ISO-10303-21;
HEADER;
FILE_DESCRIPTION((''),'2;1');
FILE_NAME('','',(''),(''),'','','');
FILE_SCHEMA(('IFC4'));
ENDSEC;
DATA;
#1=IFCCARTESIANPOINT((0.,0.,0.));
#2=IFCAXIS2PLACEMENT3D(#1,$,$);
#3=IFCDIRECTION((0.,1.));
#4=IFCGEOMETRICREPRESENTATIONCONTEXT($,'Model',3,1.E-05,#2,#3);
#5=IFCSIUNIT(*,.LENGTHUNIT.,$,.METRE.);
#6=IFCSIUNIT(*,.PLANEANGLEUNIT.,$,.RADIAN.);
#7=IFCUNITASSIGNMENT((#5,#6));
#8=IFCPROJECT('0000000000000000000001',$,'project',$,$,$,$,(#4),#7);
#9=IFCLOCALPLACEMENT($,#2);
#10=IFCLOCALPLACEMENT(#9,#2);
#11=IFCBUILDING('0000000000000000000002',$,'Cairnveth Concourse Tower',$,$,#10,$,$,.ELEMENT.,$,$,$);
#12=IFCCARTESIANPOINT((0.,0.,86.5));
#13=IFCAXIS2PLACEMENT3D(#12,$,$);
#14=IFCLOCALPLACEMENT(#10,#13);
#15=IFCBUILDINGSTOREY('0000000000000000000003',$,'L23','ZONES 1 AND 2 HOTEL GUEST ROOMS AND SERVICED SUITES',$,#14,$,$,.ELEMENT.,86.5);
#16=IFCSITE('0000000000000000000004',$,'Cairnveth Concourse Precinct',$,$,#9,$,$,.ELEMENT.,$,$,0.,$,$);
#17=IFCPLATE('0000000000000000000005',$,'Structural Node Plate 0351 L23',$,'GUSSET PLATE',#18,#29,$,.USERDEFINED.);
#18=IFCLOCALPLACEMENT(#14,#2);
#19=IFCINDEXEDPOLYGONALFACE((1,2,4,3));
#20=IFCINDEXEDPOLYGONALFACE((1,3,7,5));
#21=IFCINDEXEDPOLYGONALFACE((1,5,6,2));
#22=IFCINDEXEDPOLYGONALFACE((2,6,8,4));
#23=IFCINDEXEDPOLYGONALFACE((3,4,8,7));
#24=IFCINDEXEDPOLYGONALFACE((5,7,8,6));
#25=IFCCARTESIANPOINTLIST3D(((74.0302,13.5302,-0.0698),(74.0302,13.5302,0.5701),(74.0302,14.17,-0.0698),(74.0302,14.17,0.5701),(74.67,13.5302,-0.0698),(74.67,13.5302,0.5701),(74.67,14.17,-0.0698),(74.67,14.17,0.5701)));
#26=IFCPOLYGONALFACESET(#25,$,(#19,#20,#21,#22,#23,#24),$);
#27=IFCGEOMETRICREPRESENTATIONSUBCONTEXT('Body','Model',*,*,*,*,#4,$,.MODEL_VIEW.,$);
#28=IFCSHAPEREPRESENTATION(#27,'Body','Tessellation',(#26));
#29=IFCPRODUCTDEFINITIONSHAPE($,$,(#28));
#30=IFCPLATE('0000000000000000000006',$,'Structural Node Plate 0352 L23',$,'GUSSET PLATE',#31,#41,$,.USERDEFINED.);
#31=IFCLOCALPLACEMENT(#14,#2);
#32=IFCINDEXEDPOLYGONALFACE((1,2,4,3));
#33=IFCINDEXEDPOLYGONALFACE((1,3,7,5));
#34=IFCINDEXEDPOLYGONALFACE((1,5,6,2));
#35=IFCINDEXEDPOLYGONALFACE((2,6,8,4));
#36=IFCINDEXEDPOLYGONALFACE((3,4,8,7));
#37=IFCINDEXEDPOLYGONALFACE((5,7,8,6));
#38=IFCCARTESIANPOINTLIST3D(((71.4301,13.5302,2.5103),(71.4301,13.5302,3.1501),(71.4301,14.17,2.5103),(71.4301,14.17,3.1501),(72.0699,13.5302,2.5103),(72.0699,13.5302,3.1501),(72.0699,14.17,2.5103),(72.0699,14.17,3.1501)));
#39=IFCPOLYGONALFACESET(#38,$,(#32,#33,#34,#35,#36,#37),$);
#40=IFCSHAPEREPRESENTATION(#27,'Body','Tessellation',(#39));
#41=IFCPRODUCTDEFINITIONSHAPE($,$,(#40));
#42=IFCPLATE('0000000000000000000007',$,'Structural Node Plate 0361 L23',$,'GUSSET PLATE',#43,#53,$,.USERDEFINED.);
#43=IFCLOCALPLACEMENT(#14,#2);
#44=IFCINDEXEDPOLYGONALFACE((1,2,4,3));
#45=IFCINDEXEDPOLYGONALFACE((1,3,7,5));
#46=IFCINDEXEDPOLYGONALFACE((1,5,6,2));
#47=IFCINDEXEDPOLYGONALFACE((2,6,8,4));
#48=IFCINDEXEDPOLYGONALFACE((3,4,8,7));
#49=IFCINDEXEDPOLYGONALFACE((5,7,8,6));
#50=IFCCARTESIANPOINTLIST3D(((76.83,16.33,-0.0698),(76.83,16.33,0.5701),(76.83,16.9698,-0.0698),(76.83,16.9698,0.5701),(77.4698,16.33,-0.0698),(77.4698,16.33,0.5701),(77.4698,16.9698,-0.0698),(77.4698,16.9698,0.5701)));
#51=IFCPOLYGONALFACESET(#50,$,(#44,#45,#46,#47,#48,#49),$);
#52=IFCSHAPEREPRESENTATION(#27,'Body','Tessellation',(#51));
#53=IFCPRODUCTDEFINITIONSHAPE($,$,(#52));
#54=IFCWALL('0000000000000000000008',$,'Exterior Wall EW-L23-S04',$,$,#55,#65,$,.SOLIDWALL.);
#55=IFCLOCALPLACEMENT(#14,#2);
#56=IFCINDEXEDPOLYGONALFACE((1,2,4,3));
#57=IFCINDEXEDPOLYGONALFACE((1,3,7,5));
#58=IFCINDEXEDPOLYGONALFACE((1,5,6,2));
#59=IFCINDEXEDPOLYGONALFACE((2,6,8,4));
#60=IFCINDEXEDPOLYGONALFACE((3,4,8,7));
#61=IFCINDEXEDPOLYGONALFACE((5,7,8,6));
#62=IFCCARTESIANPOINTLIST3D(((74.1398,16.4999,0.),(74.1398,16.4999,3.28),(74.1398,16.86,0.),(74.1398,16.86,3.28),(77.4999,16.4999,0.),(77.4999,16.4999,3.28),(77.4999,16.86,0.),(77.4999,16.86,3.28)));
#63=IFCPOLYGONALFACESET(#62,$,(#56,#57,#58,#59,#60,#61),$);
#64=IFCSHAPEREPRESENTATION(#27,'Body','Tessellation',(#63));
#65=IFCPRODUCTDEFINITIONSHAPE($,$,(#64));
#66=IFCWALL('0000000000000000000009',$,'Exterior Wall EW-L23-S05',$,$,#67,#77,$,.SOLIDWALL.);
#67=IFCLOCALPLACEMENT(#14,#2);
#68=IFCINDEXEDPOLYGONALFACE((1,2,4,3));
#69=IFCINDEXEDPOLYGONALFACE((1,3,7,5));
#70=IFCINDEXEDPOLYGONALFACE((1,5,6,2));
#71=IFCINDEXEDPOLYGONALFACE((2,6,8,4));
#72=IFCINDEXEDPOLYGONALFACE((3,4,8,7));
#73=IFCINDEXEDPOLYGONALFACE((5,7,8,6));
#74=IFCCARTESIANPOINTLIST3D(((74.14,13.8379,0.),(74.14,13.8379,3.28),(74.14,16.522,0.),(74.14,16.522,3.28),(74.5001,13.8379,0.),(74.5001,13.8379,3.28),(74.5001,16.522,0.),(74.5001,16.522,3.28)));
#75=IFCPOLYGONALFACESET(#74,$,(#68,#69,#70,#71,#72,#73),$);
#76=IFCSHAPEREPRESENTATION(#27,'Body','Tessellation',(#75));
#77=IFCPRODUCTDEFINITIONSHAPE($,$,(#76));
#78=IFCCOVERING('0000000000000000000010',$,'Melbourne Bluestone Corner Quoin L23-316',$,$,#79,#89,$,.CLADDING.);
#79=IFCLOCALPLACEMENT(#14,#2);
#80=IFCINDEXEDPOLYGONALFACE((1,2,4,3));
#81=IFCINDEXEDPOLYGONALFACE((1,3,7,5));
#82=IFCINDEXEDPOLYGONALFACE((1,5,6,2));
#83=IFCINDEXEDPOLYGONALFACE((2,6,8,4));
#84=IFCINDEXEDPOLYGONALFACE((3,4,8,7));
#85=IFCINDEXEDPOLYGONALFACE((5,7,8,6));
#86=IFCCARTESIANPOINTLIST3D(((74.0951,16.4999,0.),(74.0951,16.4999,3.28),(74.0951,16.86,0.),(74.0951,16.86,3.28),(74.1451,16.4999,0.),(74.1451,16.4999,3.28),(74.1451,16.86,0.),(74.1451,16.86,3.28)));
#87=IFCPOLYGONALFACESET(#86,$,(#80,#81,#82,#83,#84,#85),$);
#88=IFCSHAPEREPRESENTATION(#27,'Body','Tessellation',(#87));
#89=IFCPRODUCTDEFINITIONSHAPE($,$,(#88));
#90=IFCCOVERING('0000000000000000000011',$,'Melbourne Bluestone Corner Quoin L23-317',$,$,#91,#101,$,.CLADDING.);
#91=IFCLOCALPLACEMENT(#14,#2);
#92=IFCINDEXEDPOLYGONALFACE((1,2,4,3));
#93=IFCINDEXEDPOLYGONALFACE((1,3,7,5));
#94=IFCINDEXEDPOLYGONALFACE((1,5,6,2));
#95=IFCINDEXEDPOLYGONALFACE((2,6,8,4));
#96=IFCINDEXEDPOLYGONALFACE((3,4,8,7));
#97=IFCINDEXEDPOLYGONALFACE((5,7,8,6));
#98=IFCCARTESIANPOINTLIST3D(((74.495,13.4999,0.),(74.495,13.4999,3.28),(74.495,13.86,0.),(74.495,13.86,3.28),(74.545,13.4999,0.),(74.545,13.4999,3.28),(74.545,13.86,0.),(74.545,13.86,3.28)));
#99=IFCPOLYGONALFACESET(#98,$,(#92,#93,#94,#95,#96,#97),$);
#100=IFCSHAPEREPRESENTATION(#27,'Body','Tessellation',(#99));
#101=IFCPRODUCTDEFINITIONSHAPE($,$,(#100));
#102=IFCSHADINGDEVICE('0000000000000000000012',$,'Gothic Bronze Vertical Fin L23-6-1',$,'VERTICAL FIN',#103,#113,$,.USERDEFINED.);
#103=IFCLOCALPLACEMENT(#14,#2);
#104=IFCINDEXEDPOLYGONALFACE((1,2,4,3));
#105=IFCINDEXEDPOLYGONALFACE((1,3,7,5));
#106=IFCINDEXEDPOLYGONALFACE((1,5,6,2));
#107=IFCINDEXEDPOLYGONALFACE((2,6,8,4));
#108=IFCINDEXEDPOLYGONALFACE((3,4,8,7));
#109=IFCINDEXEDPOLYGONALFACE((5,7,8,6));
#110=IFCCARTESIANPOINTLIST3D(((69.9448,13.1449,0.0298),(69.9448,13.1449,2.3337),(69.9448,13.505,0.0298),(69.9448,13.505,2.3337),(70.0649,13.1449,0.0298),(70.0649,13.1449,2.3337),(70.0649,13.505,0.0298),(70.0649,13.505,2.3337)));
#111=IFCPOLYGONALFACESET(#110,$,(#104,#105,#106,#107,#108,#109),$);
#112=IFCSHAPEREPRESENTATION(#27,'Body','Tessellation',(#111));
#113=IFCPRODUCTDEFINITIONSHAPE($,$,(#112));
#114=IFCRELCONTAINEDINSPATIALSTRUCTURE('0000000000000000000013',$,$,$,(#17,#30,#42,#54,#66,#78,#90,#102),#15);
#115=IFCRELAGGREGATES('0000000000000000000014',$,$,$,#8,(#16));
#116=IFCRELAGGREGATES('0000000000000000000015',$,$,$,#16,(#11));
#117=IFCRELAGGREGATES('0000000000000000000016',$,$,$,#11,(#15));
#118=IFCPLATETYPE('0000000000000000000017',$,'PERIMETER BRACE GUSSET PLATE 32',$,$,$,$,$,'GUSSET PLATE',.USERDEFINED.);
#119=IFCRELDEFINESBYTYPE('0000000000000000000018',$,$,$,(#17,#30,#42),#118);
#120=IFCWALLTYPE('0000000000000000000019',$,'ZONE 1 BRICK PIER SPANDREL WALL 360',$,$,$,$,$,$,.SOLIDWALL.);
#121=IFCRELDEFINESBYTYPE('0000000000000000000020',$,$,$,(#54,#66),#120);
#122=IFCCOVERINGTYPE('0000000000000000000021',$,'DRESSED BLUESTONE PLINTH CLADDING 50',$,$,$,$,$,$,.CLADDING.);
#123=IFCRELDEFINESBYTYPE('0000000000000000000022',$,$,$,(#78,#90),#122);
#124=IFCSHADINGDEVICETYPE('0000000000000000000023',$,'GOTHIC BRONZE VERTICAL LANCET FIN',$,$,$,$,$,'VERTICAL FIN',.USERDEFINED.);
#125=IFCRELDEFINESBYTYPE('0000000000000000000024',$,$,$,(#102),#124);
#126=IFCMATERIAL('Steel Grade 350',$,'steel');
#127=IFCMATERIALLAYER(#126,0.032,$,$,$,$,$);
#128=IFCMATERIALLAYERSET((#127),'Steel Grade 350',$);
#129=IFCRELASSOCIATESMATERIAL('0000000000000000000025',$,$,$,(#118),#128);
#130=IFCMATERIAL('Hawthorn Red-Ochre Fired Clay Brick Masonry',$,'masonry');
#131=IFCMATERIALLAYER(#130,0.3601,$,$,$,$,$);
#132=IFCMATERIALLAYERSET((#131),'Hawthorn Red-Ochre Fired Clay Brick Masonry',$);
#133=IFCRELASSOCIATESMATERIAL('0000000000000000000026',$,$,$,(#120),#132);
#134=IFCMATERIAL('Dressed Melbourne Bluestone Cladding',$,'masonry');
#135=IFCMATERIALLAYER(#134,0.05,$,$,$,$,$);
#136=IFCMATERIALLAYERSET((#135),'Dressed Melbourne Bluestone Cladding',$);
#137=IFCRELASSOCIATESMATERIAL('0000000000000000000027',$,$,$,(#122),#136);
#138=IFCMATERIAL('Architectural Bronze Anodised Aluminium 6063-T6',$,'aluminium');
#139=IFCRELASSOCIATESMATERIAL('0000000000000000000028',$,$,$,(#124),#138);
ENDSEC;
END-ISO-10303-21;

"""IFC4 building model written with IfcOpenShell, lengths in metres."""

from ifc_helpers import new_model, si_unit, direction, frame, frame_2d, origin, origin_2d, place, context, subcontext, project, spatial, rectangle, extrude, material, layer, layer_set, type_object, element, save


model = new_model("IFC4")

# Units and contexts
model_context = context("Model", 3, precision=1e-05, world=origin(), true_north=direction((0.0, 1.0)))
body_context = subcontext(model_context, "Body", "Model", "MODEL_VIEW")
ifc_project = project(units=[si_unit("LENGTHUNIT", "METRE"), si_unit("PLANEANGLEUNIT", "RADIAN")], contexts=[model_context])

# Site, building, storey
site_placement = place(None, origin())
site = spatial("IfcSite", under=ifc_project, at=site_placement, Name="Cairnveth Concourse Precinct", CompositionType="ELEMENT", RefElevation=0.0)
building_placement = place(site_placement, origin())
building = spatial("IfcBuilding", under=site, at=building_placement, Name="Cairnveth Concourse Tower", CompositionType="ELEMENT")
storey_placement = place(building_placement, frame((0.0, 0.0, 86.5)))
storey = spatial("IfcBuildingStorey", under=building, at=storey_placement, Name="L23", Description="ZONES 1 AND 2 HOTEL GUEST ROOMS AND SERVICED SUITES", CompositionType="ELEMENT", Elevation=86.5)

# Shared definitions
ifc_material_1 = material(Name="Steel Grade 350", Category="steel")

# Plates
ifc_layer_1 = layer(ifc_material_1, 0.032)
ifc_layer_set_1 = layer_set([ifc_layer_1], Name="Steel Grade 350")
plate_type = type_object("IfcPlateType", Name="PERIMETER BRACE GUSSET PLATE 32", ElementType="GUSSET PLATE", PredefinedType="USERDEFINED", material=ifc_layer_set_1)
for number, where, z_axis, x_axis, name in (
    (1, (74.3501, 13.8501, -0.0698), (0.0, 0.0, 1.0), (1.0, 0.0, 0.0), "Structural Node Plate 0351 L23"),
    (2, (71.75, 13.8501, 2.5103), (0.0, 0.0, 1.0), (1.0, 0.0, 0.0), "Structural Node Plate 0352 L23"),
    (3, (77.1499, 16.6499, -0.0698), (0.0, 0.0, 1.0), (1.0, 0.0, 0.0), "Structural Node Plate 0361 L23"),
):
    element("IfcPlate", number, at=place(storey_placement, frame(where, z_axis=z_axis, x_axis=x_axis)), inside=storey, type_object=plate_type, Name=name, ObjectType="GUSSET PLATE", PredefinedType="USERDEFINED", context=body_context, shape_type="SweptSolid", body=[
        extrude(rectangle(XDim=0.6399, YDim=0.6399, at=origin_2d()), origin(), (0.0, 0.0, 1.0), 0.6399),
    ])

# Walls
ifc_material_2 = material(Name="Hawthorn Red-Ochre Fired Clay Brick Masonry", Category="masonry")
ifc_layer_2 = layer(ifc_material_2, 0.3601)
ifc_layer_set_2 = layer_set([ifc_layer_2], Name="Hawthorn Red-Ochre Fired Clay Brick Masonry")
wall_type = type_object("IfcWallType", Name="ZONE 1 BRICK PIER SPANDREL WALL 360", PredefinedType="SOLIDWALL", material=ifc_layer_set_2)
wall_1_placement = place(storey_placement, frame((77.5, 16.6799, 0.0), z_axis=(0.0, 0.0, 1.0), x_axis=(-1.0, 0.0, 0.0)))
element("IfcWall", 4, at=wall_1_placement, inside=storey, type_object=wall_type, Name="Exterior Wall EW-L23-S04", PredefinedType="SOLIDWALL", context=body_context, shape_type="SweptSolid", body=[
    extrude(rectangle(XDim=3.3601, YDim=0.3601, at=frame_2d((1.6802, 0.0))), origin(), (0.0, 0.0, 1.0), 3.28),
])
wall_2_placement = place(storey_placement, frame((74.3201, 16.522, 0.0), z_axis=(0.0, 0.0, 1.0), x_axis=(0.0, -1.0, 0.0)))
element("IfcWall", 5, at=wall_2_placement, inside=storey, type_object=wall_type, Name="Exterior Wall EW-L23-S05", PredefinedType="SOLIDWALL", context=body_context, shape_type="SweptSolid", body=[
    extrude(rectangle(XDim=2.6841, YDim=0.3601, at=frame_2d((1.342, 0.0))), origin(), (0.0, 0.0, 1.0), 3.28),
])

# Coverings
ifc_material_3 = material(Name="Dressed Melbourne Bluestone Cladding", Category="masonry")
ifc_layer_3 = layer(ifc_material_3, 0.05)
ifc_layer_set_3 = layer_set([ifc_layer_3], Name="Dressed Melbourne Bluestone Cladding")
covering_type = type_object("IfcCoveringType", Name="DRESSED BLUESTONE PLINTH CLADDING 50", PredefinedType="CLADDING", material=ifc_layer_set_3)
for number, where, z_axis, x_axis, name in (
    (6, (74.1201, 16.8601, 0.0), (0.0, 0.0, 1.0), (0.0, -1.0, 0.0), "Melbourne Bluestone Corner Quoin L23-316"),
    (7, (74.52, 13.8601, 0.0), (0.0, 0.0, 1.0), (0.0, -1.0, 0.0), "Melbourne Bluestone Corner Quoin L23-317"),
):
    element("IfcCovering", number, at=place(storey_placement, frame(where, z_axis=z_axis, x_axis=x_axis)), inside=storey, type_object=covering_type, Name=name, PredefinedType="CLADDING", context=body_context, shape_type="SweptSolid", body=[
        extrude(rectangle(XDim=0.3601, YDim=0.05, at=frame_2d((0.1802, 0.0))), origin(), (0.0, 0.0, 1.0), 3.28),
    ])

# Shading device
ifc_material_4 = material(Name="Architectural Bronze Anodised Aluminium 6063-T6", Category="aluminium")
shading_device_type = type_object("IfcShadingDeviceType", Name="GOTHIC BRONZE VERTICAL LANCET FIN", ElementType="VERTICAL FIN", PredefinedType="USERDEFINED", material=ifc_material_4)
shading_device_placement = place(storey_placement, frame((70.0049, 13.325, 0.0298), z_axis=(0.0, 0.0, 1.0), x_axis=(1.0, 0.0, 0.0)))
element("IfcShadingDevice", 8, at=shading_device_placement, inside=storey, type_object=shading_device_type, Name="Gothic Bronze Vertical Fin L23-6-1", ObjectType="VERTICAL FIN", PredefinedType="USERDEFINED", context=body_context, shape_type="SweptSolid", body=[
    extrude(rectangle(XDim=0.1201, YDim=0.3601, at=origin_2d()), origin(), (0.0, 0.0, 1.0), 2.304),
])

save(model, "model.ifc")
